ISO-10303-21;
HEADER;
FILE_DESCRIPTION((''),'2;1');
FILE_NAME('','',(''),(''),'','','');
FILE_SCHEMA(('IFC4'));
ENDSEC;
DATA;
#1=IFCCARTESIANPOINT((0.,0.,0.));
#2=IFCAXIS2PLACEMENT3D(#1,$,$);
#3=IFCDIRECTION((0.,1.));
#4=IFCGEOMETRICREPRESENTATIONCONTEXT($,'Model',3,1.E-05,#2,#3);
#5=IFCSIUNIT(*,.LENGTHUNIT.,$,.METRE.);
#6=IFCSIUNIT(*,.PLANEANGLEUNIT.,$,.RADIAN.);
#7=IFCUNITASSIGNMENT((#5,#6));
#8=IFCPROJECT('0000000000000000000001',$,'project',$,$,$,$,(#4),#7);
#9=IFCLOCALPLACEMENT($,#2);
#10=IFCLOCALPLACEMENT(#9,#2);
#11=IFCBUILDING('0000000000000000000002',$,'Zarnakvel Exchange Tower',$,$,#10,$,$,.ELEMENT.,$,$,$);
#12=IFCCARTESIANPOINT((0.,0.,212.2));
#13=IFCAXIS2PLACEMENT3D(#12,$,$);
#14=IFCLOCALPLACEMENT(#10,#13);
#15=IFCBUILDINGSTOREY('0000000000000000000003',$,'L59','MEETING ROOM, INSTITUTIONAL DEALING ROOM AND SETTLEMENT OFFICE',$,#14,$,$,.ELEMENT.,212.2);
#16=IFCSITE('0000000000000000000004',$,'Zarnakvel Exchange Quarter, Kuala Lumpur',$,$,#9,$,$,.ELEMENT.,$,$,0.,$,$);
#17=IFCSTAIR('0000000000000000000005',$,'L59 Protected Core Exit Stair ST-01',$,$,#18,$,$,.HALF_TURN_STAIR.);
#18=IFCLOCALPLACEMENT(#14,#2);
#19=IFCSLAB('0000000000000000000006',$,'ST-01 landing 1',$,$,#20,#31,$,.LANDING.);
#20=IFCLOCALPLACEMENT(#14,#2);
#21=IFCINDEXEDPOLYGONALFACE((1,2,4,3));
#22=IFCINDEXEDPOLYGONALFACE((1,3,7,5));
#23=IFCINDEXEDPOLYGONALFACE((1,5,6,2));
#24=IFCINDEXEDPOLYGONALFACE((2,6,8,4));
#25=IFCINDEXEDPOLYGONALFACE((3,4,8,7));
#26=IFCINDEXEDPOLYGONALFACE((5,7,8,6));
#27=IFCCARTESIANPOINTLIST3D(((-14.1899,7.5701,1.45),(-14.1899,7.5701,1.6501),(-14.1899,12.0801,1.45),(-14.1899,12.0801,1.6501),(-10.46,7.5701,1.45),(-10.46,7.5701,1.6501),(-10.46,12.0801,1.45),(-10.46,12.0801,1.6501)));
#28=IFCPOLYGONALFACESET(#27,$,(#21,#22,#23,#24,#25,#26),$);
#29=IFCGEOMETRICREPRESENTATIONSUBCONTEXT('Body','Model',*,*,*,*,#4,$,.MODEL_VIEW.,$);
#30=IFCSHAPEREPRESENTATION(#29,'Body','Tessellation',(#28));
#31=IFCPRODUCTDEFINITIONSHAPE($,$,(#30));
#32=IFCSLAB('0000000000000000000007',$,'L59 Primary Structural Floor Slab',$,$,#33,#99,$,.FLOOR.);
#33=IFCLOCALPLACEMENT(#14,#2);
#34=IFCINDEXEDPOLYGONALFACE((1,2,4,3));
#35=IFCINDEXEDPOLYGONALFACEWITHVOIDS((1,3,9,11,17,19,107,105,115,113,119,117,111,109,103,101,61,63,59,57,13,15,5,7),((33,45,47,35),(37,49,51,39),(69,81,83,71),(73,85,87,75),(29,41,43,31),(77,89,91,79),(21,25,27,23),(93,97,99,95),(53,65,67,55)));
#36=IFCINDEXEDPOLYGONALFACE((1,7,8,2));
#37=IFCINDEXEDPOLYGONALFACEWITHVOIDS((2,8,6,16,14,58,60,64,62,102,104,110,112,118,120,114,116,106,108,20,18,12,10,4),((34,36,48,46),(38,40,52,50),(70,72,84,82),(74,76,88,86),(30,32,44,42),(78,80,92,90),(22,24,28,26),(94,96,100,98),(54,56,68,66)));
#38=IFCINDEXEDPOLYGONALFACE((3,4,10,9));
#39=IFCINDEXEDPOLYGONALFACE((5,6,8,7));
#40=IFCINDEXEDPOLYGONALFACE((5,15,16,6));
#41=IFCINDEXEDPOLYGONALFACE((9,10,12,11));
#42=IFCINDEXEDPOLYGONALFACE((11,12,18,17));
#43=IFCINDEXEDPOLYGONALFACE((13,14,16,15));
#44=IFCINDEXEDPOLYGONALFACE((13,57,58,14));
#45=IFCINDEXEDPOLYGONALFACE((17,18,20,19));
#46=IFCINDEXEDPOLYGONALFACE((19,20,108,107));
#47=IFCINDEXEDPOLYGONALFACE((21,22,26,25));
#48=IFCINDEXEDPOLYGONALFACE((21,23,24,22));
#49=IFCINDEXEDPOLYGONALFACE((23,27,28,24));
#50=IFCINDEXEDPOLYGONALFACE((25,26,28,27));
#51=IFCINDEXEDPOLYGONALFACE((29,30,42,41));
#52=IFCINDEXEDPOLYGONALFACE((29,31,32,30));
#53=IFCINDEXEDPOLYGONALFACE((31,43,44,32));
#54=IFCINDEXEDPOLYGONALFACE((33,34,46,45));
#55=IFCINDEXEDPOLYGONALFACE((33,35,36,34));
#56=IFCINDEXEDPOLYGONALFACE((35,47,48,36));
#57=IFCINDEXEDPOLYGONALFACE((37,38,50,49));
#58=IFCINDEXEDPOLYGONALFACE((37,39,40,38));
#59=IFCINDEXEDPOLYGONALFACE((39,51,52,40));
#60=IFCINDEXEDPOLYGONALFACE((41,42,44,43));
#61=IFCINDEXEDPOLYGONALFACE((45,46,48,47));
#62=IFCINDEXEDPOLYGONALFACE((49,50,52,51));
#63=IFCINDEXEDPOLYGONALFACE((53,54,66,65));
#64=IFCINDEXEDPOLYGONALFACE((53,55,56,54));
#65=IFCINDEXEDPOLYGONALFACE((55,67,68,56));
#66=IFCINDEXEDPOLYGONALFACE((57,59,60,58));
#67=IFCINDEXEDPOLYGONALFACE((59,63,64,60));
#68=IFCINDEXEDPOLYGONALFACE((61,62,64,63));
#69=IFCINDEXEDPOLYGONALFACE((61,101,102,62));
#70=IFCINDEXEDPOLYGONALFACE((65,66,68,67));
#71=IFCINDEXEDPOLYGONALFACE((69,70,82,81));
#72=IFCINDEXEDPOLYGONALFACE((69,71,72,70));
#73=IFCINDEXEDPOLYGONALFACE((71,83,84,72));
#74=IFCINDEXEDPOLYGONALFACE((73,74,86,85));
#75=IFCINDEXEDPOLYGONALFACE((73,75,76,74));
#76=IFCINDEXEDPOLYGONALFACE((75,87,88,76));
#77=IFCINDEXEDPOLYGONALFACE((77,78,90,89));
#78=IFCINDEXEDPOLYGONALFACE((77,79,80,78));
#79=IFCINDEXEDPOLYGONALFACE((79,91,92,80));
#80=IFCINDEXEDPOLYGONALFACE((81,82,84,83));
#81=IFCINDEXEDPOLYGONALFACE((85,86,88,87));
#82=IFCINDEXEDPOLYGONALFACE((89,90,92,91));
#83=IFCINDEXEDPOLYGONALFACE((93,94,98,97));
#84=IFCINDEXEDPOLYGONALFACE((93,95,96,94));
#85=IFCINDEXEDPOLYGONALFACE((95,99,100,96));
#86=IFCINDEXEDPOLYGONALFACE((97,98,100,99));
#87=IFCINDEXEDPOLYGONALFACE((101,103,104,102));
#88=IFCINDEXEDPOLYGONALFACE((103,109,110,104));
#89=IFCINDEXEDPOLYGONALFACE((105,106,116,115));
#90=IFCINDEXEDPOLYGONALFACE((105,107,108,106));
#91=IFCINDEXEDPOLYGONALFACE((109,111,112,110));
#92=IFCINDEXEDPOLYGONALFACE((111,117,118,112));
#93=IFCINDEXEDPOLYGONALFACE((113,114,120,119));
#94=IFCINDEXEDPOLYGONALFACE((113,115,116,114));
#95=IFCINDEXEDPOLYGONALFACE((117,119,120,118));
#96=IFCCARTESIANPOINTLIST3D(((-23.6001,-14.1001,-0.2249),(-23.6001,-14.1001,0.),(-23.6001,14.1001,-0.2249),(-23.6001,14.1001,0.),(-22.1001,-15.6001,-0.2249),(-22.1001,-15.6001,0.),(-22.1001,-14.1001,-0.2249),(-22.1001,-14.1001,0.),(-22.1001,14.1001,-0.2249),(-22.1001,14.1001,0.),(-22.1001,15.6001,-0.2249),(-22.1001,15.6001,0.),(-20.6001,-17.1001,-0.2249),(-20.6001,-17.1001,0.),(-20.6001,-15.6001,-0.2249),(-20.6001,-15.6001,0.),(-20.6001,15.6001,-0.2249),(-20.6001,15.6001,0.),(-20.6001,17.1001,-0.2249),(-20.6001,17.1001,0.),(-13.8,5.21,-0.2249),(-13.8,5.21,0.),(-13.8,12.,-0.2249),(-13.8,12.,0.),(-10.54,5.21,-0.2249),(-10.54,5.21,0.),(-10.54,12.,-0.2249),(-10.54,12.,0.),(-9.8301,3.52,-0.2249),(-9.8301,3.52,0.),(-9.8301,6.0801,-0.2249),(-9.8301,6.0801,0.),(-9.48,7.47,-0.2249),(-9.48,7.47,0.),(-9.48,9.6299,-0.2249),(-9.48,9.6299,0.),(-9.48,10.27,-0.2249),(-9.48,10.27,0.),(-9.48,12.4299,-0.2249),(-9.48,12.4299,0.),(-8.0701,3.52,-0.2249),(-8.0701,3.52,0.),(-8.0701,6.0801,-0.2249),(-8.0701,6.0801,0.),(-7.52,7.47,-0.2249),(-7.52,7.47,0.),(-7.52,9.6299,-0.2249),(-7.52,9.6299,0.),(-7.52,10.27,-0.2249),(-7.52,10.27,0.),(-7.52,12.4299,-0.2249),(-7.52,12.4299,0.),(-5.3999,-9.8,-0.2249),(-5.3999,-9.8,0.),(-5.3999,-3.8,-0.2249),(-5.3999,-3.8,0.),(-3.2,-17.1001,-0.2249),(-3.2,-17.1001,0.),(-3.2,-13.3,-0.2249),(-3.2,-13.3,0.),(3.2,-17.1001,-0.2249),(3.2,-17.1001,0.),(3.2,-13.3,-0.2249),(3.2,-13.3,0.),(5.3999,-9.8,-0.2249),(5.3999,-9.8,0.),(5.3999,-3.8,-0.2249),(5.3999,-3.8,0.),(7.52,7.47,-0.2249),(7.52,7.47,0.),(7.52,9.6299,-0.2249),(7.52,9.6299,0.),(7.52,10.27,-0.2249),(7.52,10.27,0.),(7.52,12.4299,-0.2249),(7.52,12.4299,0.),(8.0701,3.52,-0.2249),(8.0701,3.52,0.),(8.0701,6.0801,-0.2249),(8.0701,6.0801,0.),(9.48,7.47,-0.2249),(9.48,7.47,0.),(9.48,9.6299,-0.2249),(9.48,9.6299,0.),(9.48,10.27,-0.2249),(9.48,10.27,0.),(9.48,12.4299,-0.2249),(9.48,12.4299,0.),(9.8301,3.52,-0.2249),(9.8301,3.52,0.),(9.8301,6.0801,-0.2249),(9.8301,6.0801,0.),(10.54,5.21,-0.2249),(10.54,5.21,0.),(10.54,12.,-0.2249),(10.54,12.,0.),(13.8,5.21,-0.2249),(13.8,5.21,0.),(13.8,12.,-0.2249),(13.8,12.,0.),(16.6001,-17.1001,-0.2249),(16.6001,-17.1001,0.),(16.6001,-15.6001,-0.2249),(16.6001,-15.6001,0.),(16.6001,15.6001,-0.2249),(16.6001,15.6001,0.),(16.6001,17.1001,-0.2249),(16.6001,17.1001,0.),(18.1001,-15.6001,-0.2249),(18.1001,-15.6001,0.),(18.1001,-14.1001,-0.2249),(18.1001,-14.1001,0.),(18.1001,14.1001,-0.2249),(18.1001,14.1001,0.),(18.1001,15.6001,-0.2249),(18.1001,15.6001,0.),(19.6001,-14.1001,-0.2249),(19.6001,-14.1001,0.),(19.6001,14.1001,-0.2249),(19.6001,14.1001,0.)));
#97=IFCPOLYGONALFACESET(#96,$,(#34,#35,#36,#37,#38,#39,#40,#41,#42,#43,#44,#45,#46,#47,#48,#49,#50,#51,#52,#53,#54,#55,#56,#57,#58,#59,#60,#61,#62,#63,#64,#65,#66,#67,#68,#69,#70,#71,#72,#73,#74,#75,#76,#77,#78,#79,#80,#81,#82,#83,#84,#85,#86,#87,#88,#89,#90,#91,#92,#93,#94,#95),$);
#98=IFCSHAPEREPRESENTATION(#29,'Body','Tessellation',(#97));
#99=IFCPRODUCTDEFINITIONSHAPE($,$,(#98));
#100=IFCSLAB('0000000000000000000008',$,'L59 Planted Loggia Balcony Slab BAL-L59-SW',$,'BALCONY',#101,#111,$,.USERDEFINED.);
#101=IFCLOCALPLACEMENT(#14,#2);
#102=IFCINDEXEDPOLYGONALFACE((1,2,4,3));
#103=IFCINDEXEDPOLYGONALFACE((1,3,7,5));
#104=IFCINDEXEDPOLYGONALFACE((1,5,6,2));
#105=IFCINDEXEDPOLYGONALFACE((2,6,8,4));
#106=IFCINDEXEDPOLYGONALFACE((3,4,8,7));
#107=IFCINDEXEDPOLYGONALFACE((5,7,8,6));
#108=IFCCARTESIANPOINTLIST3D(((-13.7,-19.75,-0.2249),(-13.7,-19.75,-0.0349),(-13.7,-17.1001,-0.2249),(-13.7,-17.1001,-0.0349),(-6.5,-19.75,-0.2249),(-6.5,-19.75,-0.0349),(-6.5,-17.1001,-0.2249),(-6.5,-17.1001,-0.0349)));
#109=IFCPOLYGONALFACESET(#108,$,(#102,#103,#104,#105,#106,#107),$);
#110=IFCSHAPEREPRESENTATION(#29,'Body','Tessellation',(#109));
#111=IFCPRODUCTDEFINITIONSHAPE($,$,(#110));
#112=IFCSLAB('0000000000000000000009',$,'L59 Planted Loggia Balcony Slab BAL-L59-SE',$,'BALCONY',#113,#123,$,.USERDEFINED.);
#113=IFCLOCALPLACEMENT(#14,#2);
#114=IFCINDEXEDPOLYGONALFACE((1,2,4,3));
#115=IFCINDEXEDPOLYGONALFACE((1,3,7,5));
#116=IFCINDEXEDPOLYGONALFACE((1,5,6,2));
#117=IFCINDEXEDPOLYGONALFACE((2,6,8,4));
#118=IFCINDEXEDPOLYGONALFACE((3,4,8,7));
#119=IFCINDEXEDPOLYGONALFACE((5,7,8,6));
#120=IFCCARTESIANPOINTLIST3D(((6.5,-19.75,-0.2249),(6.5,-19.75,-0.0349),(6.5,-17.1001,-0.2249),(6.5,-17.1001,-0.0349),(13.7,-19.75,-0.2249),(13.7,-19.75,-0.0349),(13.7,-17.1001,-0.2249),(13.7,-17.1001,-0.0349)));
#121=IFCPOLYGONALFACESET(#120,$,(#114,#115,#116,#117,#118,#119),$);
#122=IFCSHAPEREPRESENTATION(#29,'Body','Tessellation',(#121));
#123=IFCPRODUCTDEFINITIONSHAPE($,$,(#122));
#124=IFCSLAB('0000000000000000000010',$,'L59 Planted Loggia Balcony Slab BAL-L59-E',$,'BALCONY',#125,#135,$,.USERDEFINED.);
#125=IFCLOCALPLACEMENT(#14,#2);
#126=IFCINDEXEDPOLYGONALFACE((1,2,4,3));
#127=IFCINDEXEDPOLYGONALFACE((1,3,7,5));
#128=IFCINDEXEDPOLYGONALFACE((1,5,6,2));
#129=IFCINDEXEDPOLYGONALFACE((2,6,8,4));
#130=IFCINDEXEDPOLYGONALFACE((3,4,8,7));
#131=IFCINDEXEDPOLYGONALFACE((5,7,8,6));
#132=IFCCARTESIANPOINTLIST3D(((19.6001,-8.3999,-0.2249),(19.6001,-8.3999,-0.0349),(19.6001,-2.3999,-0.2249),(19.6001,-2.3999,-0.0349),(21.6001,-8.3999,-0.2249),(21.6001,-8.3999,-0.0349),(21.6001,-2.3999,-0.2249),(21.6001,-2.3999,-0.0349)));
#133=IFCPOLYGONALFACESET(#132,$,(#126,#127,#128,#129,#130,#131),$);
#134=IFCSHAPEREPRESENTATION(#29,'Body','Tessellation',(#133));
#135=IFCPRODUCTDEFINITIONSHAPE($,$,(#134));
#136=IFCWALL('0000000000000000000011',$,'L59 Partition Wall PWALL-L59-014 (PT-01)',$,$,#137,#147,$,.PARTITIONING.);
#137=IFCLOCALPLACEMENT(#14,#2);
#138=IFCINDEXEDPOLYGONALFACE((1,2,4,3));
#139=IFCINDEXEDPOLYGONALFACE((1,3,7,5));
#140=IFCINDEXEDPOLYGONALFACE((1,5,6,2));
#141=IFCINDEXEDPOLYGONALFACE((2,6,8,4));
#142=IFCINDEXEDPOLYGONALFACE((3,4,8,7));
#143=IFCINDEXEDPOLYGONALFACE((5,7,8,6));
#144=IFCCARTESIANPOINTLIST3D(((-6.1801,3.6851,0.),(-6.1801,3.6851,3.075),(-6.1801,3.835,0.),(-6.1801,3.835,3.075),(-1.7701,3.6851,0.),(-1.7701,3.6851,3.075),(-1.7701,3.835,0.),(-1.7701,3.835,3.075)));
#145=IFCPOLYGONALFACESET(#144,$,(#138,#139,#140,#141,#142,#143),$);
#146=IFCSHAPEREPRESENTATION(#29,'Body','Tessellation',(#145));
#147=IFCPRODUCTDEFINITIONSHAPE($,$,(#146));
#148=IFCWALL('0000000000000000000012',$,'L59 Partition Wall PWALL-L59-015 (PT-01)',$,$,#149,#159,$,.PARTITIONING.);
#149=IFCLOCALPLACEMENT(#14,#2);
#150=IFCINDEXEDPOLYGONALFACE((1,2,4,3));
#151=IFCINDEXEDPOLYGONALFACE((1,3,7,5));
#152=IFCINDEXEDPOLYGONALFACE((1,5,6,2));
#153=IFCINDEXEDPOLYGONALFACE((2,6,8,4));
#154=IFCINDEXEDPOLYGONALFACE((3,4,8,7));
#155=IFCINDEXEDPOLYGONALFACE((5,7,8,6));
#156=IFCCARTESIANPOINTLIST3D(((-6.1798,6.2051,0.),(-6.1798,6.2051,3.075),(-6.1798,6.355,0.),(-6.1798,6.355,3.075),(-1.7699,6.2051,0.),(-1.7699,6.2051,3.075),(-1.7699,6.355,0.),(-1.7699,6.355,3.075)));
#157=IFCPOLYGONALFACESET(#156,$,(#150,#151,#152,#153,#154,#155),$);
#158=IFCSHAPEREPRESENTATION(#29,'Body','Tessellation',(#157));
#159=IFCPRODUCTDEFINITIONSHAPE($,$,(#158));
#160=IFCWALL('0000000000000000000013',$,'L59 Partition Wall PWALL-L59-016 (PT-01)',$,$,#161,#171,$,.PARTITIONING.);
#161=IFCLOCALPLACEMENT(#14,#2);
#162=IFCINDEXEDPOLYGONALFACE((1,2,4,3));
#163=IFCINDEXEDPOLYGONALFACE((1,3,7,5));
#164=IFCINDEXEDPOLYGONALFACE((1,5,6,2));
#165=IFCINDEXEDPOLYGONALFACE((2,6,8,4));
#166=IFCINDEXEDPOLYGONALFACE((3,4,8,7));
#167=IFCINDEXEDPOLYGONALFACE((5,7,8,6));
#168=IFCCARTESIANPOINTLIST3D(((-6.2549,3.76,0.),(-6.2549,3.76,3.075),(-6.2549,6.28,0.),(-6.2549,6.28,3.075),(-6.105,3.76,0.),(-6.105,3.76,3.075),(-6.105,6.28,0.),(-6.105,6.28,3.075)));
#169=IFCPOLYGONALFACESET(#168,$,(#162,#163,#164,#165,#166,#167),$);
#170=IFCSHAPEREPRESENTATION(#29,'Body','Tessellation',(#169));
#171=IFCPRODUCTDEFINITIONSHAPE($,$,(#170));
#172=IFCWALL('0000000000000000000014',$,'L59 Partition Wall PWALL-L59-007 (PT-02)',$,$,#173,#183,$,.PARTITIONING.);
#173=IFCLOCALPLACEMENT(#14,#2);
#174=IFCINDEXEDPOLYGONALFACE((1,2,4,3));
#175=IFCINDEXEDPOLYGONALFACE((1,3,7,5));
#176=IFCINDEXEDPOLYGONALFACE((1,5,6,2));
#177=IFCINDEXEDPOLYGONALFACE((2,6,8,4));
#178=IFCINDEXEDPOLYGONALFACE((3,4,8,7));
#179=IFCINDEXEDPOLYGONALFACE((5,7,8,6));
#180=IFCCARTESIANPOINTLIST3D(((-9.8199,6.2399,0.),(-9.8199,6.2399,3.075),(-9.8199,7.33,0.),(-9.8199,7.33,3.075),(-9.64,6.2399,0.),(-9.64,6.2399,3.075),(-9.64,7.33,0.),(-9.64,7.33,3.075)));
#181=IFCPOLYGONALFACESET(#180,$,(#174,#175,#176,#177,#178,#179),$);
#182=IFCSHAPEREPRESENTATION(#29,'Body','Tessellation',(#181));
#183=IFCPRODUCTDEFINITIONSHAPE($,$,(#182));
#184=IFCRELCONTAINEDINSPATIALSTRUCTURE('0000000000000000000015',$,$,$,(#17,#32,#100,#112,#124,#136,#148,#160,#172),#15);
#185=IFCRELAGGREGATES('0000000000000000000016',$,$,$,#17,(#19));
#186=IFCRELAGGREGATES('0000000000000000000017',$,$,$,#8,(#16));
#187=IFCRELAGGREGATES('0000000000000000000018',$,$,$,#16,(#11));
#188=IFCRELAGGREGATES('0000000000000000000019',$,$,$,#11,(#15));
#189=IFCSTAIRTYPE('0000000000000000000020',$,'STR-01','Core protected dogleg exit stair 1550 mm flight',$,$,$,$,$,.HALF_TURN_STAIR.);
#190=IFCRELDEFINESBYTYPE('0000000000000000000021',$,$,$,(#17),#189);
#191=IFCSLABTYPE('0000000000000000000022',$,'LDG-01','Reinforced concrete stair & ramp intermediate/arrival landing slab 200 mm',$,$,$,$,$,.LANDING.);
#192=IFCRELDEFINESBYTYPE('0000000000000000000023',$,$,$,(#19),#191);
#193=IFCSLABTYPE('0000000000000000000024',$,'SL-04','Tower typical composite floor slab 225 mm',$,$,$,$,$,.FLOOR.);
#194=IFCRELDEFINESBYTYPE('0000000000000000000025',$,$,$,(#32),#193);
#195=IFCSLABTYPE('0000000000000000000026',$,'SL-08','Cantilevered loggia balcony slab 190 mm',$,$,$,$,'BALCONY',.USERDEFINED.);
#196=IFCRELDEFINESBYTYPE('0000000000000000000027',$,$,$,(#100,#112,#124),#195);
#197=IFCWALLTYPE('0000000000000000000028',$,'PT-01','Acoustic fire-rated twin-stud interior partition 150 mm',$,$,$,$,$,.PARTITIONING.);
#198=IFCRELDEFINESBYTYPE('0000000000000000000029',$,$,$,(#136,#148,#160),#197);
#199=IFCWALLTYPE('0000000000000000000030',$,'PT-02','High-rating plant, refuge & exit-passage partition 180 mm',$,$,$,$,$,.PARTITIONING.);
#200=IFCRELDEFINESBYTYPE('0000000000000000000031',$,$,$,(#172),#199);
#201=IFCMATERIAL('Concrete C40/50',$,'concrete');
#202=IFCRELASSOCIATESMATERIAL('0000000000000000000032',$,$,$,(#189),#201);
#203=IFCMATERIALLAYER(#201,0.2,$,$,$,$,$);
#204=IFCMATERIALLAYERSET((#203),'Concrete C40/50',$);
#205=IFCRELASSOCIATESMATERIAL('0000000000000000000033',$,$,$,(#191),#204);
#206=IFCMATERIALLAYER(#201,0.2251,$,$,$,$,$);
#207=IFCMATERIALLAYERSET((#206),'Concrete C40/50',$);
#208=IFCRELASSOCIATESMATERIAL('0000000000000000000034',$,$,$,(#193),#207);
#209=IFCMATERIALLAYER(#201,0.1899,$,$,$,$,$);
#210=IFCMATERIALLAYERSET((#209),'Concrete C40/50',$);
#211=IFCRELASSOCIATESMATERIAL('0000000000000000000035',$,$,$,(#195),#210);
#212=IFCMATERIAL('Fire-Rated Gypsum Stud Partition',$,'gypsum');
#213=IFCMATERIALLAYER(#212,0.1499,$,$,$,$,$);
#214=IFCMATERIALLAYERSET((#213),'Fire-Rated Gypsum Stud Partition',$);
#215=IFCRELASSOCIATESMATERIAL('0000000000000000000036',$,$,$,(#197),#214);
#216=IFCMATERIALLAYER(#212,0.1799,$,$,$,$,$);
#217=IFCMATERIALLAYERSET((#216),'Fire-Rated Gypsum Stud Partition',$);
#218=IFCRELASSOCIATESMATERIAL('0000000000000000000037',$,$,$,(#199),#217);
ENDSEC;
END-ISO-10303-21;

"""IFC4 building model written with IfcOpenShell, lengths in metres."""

from ifc_helpers import new_model, si_unit, direction, frame, frame_2d, origin, place, context, subcontext, project, spatial, polyline, rectangle, outline, extrude, material, layer, layer_set, type_object, element, aggregate, save


model = new_model("IFC4")

# Units and contexts
model_context = context("Model", 3, precision=1e-05, world=origin(), true_north=direction((0.0, 1.0)))
body_context = subcontext(model_context, "Body", "Model", "MODEL_VIEW")
ifc_project = project(units=[si_unit("LENGTHUNIT", "METRE"), si_unit("PLANEANGLEUNIT", "RADIAN")], contexts=[model_context])

# Site, building, storey
site_placement = place(None, origin())
site = spatial("IfcSite", under=ifc_project, at=site_placement, Name="Zarnakvel Exchange Quarter, Kuala Lumpur", CompositionType="ELEMENT", RefElevation=0.0)
building_placement = place(site_placement, origin())
building = spatial("IfcBuilding", under=site, at=building_placement, Name="Zarnakvel Exchange Tower", CompositionType="ELEMENT")
storey_placement = place(building_placement, frame((0.0, 0.0, 212.2)))
storey = spatial("IfcBuildingStorey", under=building, at=storey_placement, Name="L59", Description="MEETING ROOM, INSTITUTIONAL DEALING ROOM AND SETTLEMENT OFFICE", CompositionType="ELEMENT", Elevation=212.2)

# Stair, slab
ifc_material_1 = material(Name="Concrete C40/50", Category="concrete")
stair_type = type_object("IfcStairType", Name="STR-01", Description="Core protected dogleg exit stair 1550 mm flight", PredefinedType="HALF_TURN_STAIR", material=ifc_material_1)
stair_placement = place(storey_placement, origin())
stair = element("IfcStair", 1, at=stair_placement, inside=storey, type_object=stair_type, Name="L59 Protected Core Exit Stair ST-01", PredefinedType="HALF_TURN_STAIR")
ifc_layer_1 = layer(ifc_material_1, 0.2)
ifc_layer_set_1 = layer_set([ifc_layer_1], Name="Concrete C40/50")
slab_type_1 = type_object("IfcSlabType", Name="LDG-01", Description="Reinforced concrete stair & ramp intermediate/arrival landing slab 200 mm", PredefinedType="LANDING", material=ifc_layer_set_1)
slab_1_placement = place(storey_placement, frame((0.0, 0.0, 1.45)))
slab_1 = element("IfcSlab", 2, at=slab_1_placement, type_object=slab_type_1, Name="ST-01 landing 1", PredefinedType="LANDING", context=body_context, shape_type="SweptSolid", body=[
    extrude(outline(polyline([(-14.1899, 7.5701), (-10.46, 7.5701), (-10.46, 12.0801), (-14.1899, 12.0801), (-14.1899, 7.5701)])), origin(), (0.0, 0.0, 1.0), 0.2002),
])

# Slabs
ifc_layer_2 = layer(ifc_material_1, 0.2251)
ifc_layer_set_2 = layer_set([ifc_layer_2], Name="Concrete C40/50")
slab_type_2 = type_object("IfcSlabType", Name="SL-04", Description="Tower typical composite floor slab 225 mm", PredefinedType="FLOOR", material=ifc_layer_set_2)
slab_2_placement = place(storey_placement, frame((0.0, 0.0, -0.2249)))
element("IfcSlab", 3, at=slab_2_placement, inside=storey, type_object=slab_type_2, Name="L59 Primary Structural Floor Slab", PredefinedType="FLOOR", context=body_context, shape_type="SweptSolid", body=[
    extrude(outline(polyline([(-23.6001, -14.1001), (-22.1001, -14.1001), (-22.1001, -15.6001), (-20.6001, -15.6001), (-20.6001, -17.1001), (-3.2, -17.1001), (-3.2, -13.3), (3.2, -13.3), (3.2, -17.1001), (16.6001, -17.1001), (16.6001, -15.6001), (18.1001, -15.6001), (18.1001, -14.1001), (19.6001, -14.1001), (19.6001, 14.1001), (18.1001, 14.1001), (18.1001, 15.6001), (16.6001, 15.6001), (16.6001, 17.1001), (-20.6001, 17.1001), (-20.6001, 15.6001), (-22.1001, 15.6001), (-22.1001, 14.1001), (-23.6001, 14.1001), (-23.6001, -14.1001)]), holes=[polyline([(-5.3999, -9.8), (5.3999, -9.8), (5.3999, -3.8), (-5.3999, -3.8), (-5.3999, -9.8)]), polyline([(-13.8, 5.21), (-10.54, 5.21), (-10.54, 12.0), (-13.8, 12.0), (-13.8, 5.21)]), polyline([(10.54, 5.21), (13.8, 5.21), (13.8, 12.0), (10.54, 12.0), (10.54, 5.21)]), polyline([(-9.8301, 3.52), (-8.0701, 3.52), (-8.0701, 6.0801), (-9.8301, 6.0801), (-9.8301, 3.52)]), polyline([(8.0701, 3.52), (9.8301, 3.52), (9.8301, 6.0801), (8.0701, 6.0801), (8.0701, 3.52)]), polyline([(-9.48, 7.47), (-7.52, 7.47), (-7.52, 9.6299), (-9.48, 9.6299), (-9.48, 7.47)]), polyline([(-9.48, 10.27), (-7.52, 10.27), (-7.52, 12.4299), (-9.48, 12.4299), (-9.48, 10.27)]), polyline([(7.52, 7.47), (9.48, 7.47), (9.48, 9.6299), (7.52, 9.6299), (7.52, 7.47)]), polyline([(7.52, 10.27), (9.48, 10.27), (9.48, 12.4299), (7.52, 12.4299), (7.52, 10.27)])]), origin(), (0.0, 0.0, 1.0), 0.2249),
])
ifc_layer_3 = layer(ifc_material_1, 0.1899)
ifc_layer_set_3 = layer_set([ifc_layer_3], Name="Concrete C40/50")
slab_type_3 = type_object("IfcSlabType", Name="SL-08", Description="Cantilevered loggia balcony slab 190 mm", ElementType="BALCONY", PredefinedType="USERDEFINED", material=ifc_layer_set_3)
slab_3_placement = place(storey_placement, frame((0.0, 0.0, -0.2249)))
element("IfcSlab", 4, at=slab_3_placement, inside=storey, type_object=slab_type_3, Name="L59 Planted Loggia Balcony Slab BAL-L59-SW", ObjectType="BALCONY", PredefinedType="USERDEFINED", context=body_context, shape_type="SweptSolid", body=[
    extrude(outline(polyline([(-13.7, -19.75), (-6.5, -19.75), (-6.5, -17.1001), (-13.7, -17.1001), (-13.7, -19.75)])), origin(), (0.0, 0.0, 1.0), 0.1899),
])
slab_4_placement = place(storey_placement, frame((0.0, 0.0, -0.2249)))
element("IfcSlab", 5, at=slab_4_placement, inside=storey, type_object=slab_type_3, Name="L59 Planted Loggia Balcony Slab BAL-L59-SE", ObjectType="BALCONY", PredefinedType="USERDEFINED", context=body_context, shape_type="SweptSolid", body=[
    extrude(outline(polyline([(6.5, -19.75), (13.7, -19.75), (13.7, -17.1001), (6.5, -17.1001), (6.5, -19.75)])), origin(), (0.0, 0.0, 1.0), 0.1899),
])
slab_5_placement = place(storey_placement, frame((0.0, 0.0, -0.2249)))
element("IfcSlab", 6, at=slab_5_placement, inside=storey, type_object=slab_type_3, Name="L59 Planted Loggia Balcony Slab BAL-L59-E", ObjectType="BALCONY", PredefinedType="USERDEFINED", context=body_context, shape_type="SweptSolid", body=[
    extrude(outline(polyline([(19.6001, -8.3999), (21.6001, -8.3999), (21.6001, -2.3999), (19.6001, -2.3999), (19.6001, -8.3999)])), origin(), (0.0, 0.0, 1.0), 0.1899),
])

# Walls
ifc_material_2 = material(Name="Fire-Rated Gypsum Stud Partition", Category="gypsum")
ifc_layer_4 = layer(ifc_material_2, 0.1499)
ifc_layer_set_4 = layer_set([ifc_layer_4], Name="Fire-Rated Gypsum Stud Partition")
wall_type_1 = type_object("IfcWallType", Name="PT-01", Description="Acoustic fire-rated twin-stud interior partition 150 mm", PredefinedType="PARTITIONING", material=ifc_layer_set_4)
for number, where, z_axis, x_axis, name in (
    (7, (-1.77, 3.76, 0.0), (0.0, 0.0, 1.0), (-1.0, 0.0, 0.0), "L59 Partition Wall PWALL-L59-014 (PT-01)"),
    (8, (-6.1799, 6.28, 0.0), (0.0, 0.0, 1.0), (1.0, 0.0, 0.0), "L59 Partition Wall PWALL-L59-015 (PT-01)"),
):
    element("IfcWall", number, at=place(storey_placement, frame(where, z_axis=z_axis, x_axis=x_axis)), inside=storey, type_object=wall_type_1, Name=name, PredefinedType="PARTITIONING", context=body_context, shape_type="SweptSolid", body=[
        extrude(rectangle(XDim=4.4099, YDim=0.1499, at=frame_2d((2.2051, 0.0))), origin(), (0.0, 0.0, 1.0), 3.075),
    ])
wall_1_placement = place(storey_placement, frame((-6.1799, 3.76, 0.0), z_axis=(0.0, 0.0, 1.0), x_axis=(0.0, 1.0, 0.0)))
element("IfcWall", 9, at=wall_1_placement, inside=storey, type_object=wall_type_1, Name="L59 Partition Wall PWALL-L59-016 (PT-01)", PredefinedType="PARTITIONING", context=body_context, shape_type="SweptSolid", body=[
    extrude(rectangle(XDim=2.52, YDim=0.1499, at=frame_2d((1.26, 0.0))), origin(), (0.0, 0.0, 1.0), 3.075),
])

# Wall
ifc_layer_5 = layer(ifc_material_2, 0.1799)
ifc_layer_set_5 = layer_set([ifc_layer_5], Name="Fire-Rated Gypsum Stud Partition")
wall_type_2 = type_object("IfcWallType", Name="PT-02", Description="High-rating plant, refuge & exit-passage partition 180 mm", PredefinedType="PARTITIONING", material=ifc_layer_set_5)
wall_2_placement = place(storey_placement, frame((-9.73, 6.24, 0.0), z_axis=(0.0, 0.0, 1.0), x_axis=(0.0, 1.0, 0.0)))
element("IfcWall", 10, at=wall_2_placement, inside=storey, type_object=wall_type_2, Name="L59 Partition Wall PWALL-L59-007 (PT-02)", PredefinedType="PARTITIONING", context=body_context, shape_type="SweptSolid", body=[
    extrude(rectangle(XDim=1.0901, YDim=0.1799, at=frame_2d((0.5449, 0.0))), origin(), (0.0, 0.0, 1.0), 3.075),
])

aggregate(stair, [slab_1])

save(model, "model.ifc")
